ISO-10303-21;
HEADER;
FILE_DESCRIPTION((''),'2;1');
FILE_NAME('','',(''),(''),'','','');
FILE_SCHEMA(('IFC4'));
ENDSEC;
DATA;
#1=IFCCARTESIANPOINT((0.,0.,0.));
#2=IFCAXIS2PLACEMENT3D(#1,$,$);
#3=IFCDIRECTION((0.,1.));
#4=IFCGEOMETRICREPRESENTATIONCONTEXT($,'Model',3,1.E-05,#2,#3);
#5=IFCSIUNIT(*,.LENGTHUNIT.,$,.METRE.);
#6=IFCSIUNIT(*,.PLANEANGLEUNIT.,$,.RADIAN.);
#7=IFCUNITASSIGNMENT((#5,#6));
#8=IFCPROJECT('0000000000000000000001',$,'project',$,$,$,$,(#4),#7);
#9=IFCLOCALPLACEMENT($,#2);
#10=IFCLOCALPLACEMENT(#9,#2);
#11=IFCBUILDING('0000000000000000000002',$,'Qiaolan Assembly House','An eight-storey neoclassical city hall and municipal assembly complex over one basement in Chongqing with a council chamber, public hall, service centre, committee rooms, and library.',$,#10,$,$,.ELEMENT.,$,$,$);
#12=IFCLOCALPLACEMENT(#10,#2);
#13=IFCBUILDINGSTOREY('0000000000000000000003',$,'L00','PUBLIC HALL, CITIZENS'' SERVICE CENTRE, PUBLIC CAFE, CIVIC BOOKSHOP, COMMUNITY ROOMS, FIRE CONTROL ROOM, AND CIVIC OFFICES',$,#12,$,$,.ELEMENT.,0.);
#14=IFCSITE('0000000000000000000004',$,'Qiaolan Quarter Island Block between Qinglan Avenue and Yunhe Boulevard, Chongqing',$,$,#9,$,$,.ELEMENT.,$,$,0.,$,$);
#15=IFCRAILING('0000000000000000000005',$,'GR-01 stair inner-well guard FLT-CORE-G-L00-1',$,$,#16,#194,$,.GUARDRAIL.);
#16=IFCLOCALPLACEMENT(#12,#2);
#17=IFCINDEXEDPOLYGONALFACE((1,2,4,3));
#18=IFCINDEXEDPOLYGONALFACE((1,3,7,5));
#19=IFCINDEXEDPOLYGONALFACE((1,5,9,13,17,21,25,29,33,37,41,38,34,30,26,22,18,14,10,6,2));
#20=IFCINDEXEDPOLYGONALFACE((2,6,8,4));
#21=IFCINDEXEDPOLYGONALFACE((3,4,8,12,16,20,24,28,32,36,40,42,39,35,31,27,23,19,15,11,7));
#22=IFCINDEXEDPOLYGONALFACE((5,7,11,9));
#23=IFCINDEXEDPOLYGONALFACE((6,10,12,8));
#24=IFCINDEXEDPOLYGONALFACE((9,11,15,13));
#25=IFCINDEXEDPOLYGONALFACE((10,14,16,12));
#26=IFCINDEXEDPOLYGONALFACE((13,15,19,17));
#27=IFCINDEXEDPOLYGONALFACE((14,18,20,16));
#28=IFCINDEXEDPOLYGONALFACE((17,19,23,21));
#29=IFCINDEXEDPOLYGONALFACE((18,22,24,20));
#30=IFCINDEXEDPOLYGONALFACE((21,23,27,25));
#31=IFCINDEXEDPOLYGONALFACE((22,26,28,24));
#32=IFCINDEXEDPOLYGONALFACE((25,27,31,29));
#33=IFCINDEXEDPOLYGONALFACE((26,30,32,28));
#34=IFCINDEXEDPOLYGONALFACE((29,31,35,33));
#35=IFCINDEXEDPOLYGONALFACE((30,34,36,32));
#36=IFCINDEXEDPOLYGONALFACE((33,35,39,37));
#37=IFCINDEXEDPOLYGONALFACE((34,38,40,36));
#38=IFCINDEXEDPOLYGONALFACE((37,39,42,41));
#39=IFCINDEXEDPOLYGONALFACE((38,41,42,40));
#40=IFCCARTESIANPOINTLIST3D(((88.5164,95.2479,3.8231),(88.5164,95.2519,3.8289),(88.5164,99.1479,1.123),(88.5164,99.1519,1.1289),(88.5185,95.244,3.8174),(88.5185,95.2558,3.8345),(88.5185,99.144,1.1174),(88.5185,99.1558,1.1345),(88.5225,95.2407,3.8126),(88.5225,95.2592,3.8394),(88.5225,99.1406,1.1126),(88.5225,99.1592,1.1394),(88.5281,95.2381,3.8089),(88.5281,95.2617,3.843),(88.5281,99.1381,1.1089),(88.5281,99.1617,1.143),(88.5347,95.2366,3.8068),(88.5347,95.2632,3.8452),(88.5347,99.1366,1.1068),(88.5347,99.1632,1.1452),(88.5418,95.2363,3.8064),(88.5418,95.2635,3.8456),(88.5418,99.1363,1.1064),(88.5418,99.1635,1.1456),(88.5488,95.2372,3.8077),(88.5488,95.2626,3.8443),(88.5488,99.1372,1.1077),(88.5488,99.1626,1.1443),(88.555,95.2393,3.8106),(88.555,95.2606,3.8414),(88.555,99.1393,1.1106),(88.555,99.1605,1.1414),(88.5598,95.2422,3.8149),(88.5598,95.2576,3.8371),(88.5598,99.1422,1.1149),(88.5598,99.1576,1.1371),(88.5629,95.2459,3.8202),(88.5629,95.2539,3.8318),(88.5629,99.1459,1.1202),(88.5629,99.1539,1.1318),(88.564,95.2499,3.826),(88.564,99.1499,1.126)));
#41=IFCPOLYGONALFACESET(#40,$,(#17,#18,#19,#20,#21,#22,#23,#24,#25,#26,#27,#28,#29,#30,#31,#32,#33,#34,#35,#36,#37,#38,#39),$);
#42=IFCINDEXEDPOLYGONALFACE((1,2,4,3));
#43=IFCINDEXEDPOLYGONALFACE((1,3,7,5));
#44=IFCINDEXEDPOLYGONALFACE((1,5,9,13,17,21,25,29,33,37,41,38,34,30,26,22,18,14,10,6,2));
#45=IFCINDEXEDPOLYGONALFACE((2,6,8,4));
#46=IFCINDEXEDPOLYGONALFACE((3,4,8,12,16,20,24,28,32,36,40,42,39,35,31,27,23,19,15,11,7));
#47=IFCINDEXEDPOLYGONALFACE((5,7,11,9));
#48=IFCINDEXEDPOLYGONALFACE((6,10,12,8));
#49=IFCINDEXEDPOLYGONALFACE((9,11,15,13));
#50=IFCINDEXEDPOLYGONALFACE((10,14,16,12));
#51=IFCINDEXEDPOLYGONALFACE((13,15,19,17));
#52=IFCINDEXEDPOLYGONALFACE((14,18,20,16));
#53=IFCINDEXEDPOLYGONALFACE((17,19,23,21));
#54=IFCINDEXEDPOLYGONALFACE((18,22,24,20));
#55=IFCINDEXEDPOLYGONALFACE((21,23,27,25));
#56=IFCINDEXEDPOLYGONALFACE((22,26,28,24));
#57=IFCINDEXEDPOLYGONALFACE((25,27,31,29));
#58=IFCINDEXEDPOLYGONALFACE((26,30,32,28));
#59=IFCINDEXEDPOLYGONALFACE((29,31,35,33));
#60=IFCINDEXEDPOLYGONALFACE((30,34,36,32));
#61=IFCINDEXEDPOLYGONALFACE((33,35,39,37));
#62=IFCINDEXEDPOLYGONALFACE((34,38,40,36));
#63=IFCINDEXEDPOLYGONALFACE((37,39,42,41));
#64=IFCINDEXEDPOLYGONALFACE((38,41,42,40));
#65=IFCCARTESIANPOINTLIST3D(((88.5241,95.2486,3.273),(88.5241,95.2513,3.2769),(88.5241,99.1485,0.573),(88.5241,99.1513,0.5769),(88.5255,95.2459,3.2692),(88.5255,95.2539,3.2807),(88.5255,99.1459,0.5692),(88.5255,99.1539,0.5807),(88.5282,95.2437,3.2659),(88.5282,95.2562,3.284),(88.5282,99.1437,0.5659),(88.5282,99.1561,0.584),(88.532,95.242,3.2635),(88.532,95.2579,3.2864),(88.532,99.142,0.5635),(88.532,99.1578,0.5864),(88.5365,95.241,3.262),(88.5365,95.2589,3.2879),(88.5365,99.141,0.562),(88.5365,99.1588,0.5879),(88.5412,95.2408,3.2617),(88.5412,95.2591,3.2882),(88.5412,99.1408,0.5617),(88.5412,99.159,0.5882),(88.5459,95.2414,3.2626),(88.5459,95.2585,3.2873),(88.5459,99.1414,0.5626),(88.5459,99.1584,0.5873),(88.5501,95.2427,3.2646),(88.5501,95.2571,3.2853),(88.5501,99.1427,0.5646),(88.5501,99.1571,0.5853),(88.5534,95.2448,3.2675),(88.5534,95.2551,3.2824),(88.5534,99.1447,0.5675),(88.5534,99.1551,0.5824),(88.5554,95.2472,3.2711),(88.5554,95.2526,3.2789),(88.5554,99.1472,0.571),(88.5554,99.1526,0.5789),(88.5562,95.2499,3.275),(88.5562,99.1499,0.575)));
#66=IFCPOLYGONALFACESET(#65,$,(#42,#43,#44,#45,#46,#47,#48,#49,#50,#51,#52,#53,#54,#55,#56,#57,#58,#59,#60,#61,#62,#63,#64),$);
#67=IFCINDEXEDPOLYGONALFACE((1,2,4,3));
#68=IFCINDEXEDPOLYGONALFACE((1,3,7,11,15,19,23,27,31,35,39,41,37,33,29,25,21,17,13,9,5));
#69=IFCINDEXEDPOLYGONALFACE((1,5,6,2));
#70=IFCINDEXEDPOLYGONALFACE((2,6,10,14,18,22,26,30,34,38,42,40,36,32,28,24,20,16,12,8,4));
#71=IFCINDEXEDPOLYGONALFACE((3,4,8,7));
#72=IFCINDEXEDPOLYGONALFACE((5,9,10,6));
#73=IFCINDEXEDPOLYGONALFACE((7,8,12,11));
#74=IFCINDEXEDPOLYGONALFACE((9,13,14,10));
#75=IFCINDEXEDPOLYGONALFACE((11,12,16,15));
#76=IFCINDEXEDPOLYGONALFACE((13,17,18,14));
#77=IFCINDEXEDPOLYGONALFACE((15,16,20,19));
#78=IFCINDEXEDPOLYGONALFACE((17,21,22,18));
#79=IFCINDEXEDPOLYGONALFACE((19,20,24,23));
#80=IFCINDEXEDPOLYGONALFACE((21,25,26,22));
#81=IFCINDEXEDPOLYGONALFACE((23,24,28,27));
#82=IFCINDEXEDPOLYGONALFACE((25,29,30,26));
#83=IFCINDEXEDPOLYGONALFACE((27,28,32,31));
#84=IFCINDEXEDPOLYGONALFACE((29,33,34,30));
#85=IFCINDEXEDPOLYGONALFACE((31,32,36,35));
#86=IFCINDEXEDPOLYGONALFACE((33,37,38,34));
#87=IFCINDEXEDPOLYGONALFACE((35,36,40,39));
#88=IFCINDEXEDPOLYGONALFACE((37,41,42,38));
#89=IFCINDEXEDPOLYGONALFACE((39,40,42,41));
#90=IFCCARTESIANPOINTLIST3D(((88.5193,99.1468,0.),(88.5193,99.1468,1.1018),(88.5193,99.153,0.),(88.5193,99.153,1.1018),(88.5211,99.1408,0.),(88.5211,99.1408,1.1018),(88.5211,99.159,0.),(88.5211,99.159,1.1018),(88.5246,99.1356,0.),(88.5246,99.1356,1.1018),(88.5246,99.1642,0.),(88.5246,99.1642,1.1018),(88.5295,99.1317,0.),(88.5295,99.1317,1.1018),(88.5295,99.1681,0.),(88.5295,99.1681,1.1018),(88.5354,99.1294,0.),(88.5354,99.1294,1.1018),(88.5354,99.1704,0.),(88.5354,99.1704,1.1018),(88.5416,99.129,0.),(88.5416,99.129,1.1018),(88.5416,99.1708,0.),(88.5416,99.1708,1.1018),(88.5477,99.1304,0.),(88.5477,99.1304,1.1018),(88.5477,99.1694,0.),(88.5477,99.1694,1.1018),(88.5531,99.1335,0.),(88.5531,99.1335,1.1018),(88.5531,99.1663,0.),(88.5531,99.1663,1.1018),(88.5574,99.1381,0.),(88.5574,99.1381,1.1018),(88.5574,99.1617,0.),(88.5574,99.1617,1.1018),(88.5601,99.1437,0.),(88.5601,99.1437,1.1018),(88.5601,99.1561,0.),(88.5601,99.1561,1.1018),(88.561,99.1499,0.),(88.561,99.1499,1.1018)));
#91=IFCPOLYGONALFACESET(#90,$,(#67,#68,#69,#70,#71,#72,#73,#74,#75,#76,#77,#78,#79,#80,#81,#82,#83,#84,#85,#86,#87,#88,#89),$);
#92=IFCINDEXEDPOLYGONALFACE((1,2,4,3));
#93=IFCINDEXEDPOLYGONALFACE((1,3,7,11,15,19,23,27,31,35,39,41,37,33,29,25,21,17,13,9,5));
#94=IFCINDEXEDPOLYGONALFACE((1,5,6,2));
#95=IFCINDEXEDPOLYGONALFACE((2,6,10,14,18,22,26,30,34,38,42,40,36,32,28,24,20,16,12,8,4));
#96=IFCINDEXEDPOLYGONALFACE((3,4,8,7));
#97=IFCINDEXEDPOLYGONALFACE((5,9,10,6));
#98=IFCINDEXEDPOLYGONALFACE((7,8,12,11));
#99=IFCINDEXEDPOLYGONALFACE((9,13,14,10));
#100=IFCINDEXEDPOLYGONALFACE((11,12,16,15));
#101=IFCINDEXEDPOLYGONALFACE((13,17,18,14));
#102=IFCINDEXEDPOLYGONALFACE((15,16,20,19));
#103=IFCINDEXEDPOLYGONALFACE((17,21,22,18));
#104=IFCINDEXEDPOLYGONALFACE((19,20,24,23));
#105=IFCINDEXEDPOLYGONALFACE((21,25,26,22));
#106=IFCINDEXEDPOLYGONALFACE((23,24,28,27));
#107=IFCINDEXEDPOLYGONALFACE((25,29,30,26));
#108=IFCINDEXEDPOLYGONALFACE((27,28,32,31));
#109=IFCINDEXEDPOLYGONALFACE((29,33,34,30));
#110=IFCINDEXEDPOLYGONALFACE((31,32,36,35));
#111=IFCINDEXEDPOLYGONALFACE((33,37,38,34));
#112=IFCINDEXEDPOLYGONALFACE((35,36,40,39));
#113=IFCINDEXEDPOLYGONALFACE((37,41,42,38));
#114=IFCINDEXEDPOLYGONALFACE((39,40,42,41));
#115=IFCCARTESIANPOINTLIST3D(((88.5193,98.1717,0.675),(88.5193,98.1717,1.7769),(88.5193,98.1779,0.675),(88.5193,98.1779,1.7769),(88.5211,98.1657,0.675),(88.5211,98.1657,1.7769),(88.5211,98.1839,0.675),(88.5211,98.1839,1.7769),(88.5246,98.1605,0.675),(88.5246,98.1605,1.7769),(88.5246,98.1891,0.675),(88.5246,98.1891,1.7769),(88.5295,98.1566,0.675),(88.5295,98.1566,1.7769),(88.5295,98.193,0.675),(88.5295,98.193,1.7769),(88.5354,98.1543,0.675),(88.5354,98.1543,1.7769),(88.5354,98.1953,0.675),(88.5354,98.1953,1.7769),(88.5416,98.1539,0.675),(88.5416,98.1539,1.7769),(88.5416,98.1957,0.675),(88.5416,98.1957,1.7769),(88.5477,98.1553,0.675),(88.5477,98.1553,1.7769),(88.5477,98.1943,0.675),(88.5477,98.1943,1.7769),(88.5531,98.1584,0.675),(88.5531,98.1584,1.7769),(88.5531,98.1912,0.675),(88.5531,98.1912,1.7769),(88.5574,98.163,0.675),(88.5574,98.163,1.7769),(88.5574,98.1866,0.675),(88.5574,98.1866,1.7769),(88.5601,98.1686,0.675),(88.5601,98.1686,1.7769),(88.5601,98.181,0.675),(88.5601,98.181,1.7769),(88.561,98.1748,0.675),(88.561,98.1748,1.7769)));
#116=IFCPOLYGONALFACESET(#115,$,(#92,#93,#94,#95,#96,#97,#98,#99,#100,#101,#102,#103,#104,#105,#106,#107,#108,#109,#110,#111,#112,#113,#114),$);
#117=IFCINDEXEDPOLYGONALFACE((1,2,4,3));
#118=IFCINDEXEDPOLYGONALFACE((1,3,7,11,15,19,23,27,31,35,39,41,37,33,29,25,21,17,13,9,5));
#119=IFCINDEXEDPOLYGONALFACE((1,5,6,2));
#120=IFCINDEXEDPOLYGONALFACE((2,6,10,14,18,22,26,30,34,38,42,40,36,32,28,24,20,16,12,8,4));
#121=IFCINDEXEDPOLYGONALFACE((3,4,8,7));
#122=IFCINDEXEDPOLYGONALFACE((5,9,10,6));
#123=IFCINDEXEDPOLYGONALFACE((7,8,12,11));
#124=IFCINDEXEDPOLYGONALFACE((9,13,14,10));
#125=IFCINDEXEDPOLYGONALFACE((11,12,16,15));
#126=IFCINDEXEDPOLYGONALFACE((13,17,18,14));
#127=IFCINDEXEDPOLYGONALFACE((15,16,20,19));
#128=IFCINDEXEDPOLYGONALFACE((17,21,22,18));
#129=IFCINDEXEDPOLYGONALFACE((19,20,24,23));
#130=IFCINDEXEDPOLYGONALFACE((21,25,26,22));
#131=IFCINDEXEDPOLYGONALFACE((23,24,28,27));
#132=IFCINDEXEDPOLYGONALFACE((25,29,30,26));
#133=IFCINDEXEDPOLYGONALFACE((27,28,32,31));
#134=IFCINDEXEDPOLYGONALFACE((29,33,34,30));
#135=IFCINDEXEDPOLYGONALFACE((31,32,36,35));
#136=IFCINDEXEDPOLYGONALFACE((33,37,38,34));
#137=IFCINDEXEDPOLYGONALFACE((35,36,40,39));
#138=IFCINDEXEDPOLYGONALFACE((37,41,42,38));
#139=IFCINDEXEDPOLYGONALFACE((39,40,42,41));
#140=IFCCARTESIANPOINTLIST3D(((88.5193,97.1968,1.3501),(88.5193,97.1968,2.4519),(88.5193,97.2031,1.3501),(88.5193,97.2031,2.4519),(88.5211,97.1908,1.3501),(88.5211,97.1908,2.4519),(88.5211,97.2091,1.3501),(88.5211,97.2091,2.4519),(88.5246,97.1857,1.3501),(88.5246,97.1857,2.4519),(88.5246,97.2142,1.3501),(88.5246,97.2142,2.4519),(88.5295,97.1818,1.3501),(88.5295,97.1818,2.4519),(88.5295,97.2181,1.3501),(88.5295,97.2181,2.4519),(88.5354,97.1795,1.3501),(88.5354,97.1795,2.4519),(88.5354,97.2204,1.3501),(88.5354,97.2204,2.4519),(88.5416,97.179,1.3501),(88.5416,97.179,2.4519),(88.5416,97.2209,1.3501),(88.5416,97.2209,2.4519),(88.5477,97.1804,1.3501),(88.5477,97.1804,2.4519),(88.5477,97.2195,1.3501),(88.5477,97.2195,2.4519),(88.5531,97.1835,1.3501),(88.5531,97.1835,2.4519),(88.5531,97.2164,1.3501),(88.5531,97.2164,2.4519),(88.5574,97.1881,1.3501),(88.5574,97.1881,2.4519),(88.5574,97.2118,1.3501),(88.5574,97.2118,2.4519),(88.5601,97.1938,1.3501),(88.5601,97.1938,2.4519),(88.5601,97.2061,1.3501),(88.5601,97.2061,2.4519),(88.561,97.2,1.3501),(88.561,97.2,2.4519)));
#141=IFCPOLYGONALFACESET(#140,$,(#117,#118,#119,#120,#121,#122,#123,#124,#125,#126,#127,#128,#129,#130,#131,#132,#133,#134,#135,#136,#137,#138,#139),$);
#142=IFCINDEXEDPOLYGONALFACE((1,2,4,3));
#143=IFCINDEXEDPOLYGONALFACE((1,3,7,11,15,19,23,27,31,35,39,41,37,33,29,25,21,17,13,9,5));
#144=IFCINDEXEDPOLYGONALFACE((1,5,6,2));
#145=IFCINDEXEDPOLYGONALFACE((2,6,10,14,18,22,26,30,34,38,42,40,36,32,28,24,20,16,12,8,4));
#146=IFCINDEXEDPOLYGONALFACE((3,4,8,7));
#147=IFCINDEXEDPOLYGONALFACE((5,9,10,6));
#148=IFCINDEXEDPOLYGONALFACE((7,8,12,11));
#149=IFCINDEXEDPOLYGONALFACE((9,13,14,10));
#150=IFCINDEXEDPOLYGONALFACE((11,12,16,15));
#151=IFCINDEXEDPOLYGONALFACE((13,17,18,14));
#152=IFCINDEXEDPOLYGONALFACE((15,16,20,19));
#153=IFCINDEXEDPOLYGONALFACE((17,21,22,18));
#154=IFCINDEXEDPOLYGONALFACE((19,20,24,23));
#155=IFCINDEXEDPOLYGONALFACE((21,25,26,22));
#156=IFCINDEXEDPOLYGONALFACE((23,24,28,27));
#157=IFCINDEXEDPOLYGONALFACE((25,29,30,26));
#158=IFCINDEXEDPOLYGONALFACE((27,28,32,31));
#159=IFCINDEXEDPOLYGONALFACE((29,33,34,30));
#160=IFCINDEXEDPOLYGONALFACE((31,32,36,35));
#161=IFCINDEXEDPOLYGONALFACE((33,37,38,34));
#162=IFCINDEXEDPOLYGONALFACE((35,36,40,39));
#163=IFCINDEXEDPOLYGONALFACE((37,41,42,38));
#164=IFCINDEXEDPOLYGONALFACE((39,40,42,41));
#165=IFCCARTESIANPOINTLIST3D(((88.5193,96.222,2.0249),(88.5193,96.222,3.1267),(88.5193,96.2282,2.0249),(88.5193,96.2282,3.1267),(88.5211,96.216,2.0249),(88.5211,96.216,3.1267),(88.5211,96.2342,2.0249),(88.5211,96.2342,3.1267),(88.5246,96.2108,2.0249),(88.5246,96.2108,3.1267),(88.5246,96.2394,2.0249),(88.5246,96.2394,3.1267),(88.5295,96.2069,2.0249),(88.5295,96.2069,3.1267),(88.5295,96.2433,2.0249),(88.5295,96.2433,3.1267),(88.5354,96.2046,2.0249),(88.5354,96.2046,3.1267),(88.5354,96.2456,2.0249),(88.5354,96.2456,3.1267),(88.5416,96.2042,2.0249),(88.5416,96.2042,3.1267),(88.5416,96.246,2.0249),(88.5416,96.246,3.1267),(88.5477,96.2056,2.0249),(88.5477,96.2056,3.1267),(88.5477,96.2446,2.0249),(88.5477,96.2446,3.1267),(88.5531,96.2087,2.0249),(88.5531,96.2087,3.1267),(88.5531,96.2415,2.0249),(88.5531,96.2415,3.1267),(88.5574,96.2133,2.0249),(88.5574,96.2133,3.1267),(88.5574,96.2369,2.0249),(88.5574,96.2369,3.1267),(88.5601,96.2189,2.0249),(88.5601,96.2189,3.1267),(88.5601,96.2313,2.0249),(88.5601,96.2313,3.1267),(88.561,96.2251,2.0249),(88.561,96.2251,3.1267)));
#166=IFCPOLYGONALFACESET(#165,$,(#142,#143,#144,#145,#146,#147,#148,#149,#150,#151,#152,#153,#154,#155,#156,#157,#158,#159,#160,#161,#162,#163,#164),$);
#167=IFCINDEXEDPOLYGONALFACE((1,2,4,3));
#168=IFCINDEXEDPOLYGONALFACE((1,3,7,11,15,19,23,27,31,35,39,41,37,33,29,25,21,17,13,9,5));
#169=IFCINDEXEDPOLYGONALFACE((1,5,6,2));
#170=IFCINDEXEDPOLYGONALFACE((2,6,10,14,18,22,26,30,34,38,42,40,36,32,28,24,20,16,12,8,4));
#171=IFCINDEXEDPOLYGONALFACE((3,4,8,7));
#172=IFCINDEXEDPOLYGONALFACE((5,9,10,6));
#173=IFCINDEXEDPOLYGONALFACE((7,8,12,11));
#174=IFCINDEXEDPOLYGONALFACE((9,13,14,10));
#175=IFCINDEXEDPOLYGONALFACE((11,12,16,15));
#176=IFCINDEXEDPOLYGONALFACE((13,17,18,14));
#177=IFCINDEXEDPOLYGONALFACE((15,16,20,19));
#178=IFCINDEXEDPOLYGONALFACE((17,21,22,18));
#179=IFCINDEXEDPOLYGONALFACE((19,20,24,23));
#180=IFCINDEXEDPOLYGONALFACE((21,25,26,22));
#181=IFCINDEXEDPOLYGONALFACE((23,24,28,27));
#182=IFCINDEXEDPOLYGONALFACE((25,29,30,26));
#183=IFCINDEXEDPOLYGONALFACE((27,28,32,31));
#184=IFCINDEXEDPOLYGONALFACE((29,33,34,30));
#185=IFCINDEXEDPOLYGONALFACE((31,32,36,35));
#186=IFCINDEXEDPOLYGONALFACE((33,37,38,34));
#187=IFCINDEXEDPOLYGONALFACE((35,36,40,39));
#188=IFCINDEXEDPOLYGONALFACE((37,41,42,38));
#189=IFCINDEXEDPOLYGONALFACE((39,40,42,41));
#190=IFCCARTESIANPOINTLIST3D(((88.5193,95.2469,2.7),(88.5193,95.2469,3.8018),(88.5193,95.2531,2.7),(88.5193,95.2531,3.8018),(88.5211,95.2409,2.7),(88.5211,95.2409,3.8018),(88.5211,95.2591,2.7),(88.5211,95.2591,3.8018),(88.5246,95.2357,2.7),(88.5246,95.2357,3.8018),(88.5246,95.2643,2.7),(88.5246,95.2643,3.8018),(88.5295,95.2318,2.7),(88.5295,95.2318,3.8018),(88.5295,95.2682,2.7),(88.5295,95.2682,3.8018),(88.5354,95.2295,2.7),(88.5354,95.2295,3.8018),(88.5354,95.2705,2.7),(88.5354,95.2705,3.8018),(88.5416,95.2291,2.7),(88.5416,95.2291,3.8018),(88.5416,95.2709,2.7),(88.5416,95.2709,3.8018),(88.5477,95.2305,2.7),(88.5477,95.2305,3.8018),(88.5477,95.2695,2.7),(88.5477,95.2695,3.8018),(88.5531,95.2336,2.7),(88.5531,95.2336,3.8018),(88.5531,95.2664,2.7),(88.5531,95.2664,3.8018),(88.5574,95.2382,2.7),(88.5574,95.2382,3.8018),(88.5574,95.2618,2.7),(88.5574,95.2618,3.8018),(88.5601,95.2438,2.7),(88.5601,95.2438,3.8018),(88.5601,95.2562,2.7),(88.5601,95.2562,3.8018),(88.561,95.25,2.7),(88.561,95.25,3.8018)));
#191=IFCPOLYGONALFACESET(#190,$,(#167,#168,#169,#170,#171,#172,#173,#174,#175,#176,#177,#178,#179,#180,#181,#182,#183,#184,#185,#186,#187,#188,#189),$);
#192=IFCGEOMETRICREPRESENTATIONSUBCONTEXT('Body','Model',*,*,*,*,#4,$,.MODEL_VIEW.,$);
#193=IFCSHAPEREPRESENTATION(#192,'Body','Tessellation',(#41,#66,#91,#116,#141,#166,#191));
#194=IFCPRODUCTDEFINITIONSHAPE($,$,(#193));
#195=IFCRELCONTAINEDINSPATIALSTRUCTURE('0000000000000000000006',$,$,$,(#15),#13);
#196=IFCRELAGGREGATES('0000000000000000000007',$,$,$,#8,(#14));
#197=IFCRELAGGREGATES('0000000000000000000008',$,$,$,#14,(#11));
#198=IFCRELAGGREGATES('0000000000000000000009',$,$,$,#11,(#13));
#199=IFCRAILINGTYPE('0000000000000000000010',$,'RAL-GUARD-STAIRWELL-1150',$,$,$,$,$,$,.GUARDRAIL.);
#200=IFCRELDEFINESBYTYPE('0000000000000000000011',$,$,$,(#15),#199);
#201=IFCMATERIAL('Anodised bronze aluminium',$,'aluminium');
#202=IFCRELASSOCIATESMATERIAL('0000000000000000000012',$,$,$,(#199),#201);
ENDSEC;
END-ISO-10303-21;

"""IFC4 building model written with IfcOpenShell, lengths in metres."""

from ifc_helpers import new_model, si_unit, direction, frame, origin, origin_2d, place, context, subcontext, project, spatial, circle, extrude, material, type_object, element, save


model = new_model("IFC4")

# Units and contexts
model_context = context("Model", 3, precision=1e-05, world=origin(), true_north=direction((0.0, 1.0)))
body_context = subcontext(model_context, "Body", "Model", "MODEL_VIEW")
ifc_project = project(units=[si_unit("LENGTHUNIT", "METRE"), si_unit("PLANEANGLEUNIT", "RADIAN")], contexts=[model_context])

# Site, building, storey
site_placement = place(None, origin())
site = spatial("IfcSite", under=ifc_project, at=site_placement, Name="Qiaolan Quarter Island Block between Qinglan Avenue and Yunhe Boulevard, Chongqing", CompositionType="ELEMENT", RefElevation=0.0)
building_placement = place(site_placement, origin())
building = spatial("IfcBuilding", under=site, at=building_placement, Name="Qiaolan Assembly House", Description="An eight-storey neoclassical city hall and municipal assembly complex over one basement in Chongqing with a council chamber, public hall, service centre, committee rooms, and library.", CompositionType="ELEMENT")
storey_placement = place(building_placement, origin())
storey = spatial("IfcBuildingStorey", under=building, at=storey_placement, Name="L00", Description="PUBLIC HALL, CITIZENS' SERVICE CENTRE, PUBLIC CAFE, CIVIC BOOKSHOP, COMMUNITY ROOMS, FIRE CONTROL ROOM, AND CIVIC OFFICES", CompositionType="ELEMENT", Elevation=0.0)

# Shared definitions
ifc_material_1 = material(Name="Anodised bronze aluminium", Category="aluminium")

# Railing
railing_type_1 = type_object("IfcRailingType", Name="RAL-GUARD-STAIRWELL-1150", PredefinedType="GUARDRAIL", material=ifc_material_1)
railing_1_placement = place(storey_placement, frame((88.54, 99.1499, 0.0)))
element("IfcRailing", 1, at=railing_1_placement, inside=storey, type_object=railing_type_1, Name="GR-01 stair inner-well guard FLT-CORE-G-L00-1", PredefinedType="GUARDRAIL", context=body_context, shape_type="SweptSolid", body=[
    extrude(circle(Radius=0.0239, at=origin_2d()), frame((0.0, 0.0, 1.126), z_axis=(0.0, -0.82219, 0.569213), x_axis=(1.0, 0.0, 0.0)), (0.0, 0.0, 1.0), 4.7434),
    extrude(circle(Radius=0.0161, at=origin_2d()), frame((0.0, 0.0, 0.575), z_axis=(0.0, -0.82219, 0.569213), x_axis=(1.0, 0.0, 0.0)), (0.0, 0.0, 1.0), 4.7434),
    extrude(circle(Radius=0.021, at=origin_2d()), origin(), (0.0, 0.0, 1.0), 1.1018),
    extrude(circle(Radius=0.021, at=origin_2d()), frame((0.0, -0.9751, 0.675)), (0.0, 0.0, 1.0), 1.1018),
    extrude(circle(Radius=0.021, at=origin_2d()), frame((0.0, -1.95, 1.3501)), (0.0, 0.0, 1.0), 1.1018),
    extrude(circle(Radius=0.021, at=origin_2d()), frame((0.0, -2.9248, 2.0249)), (0.0, 0.0, 1.0), 1.1018),
    extrude(circle(Radius=0.021, at=origin_2d()), frame((0.0, -3.8999, 2.7)), (0.0, 0.0, 1.0), 1.1018),
])

save(model, "model.ifc")
